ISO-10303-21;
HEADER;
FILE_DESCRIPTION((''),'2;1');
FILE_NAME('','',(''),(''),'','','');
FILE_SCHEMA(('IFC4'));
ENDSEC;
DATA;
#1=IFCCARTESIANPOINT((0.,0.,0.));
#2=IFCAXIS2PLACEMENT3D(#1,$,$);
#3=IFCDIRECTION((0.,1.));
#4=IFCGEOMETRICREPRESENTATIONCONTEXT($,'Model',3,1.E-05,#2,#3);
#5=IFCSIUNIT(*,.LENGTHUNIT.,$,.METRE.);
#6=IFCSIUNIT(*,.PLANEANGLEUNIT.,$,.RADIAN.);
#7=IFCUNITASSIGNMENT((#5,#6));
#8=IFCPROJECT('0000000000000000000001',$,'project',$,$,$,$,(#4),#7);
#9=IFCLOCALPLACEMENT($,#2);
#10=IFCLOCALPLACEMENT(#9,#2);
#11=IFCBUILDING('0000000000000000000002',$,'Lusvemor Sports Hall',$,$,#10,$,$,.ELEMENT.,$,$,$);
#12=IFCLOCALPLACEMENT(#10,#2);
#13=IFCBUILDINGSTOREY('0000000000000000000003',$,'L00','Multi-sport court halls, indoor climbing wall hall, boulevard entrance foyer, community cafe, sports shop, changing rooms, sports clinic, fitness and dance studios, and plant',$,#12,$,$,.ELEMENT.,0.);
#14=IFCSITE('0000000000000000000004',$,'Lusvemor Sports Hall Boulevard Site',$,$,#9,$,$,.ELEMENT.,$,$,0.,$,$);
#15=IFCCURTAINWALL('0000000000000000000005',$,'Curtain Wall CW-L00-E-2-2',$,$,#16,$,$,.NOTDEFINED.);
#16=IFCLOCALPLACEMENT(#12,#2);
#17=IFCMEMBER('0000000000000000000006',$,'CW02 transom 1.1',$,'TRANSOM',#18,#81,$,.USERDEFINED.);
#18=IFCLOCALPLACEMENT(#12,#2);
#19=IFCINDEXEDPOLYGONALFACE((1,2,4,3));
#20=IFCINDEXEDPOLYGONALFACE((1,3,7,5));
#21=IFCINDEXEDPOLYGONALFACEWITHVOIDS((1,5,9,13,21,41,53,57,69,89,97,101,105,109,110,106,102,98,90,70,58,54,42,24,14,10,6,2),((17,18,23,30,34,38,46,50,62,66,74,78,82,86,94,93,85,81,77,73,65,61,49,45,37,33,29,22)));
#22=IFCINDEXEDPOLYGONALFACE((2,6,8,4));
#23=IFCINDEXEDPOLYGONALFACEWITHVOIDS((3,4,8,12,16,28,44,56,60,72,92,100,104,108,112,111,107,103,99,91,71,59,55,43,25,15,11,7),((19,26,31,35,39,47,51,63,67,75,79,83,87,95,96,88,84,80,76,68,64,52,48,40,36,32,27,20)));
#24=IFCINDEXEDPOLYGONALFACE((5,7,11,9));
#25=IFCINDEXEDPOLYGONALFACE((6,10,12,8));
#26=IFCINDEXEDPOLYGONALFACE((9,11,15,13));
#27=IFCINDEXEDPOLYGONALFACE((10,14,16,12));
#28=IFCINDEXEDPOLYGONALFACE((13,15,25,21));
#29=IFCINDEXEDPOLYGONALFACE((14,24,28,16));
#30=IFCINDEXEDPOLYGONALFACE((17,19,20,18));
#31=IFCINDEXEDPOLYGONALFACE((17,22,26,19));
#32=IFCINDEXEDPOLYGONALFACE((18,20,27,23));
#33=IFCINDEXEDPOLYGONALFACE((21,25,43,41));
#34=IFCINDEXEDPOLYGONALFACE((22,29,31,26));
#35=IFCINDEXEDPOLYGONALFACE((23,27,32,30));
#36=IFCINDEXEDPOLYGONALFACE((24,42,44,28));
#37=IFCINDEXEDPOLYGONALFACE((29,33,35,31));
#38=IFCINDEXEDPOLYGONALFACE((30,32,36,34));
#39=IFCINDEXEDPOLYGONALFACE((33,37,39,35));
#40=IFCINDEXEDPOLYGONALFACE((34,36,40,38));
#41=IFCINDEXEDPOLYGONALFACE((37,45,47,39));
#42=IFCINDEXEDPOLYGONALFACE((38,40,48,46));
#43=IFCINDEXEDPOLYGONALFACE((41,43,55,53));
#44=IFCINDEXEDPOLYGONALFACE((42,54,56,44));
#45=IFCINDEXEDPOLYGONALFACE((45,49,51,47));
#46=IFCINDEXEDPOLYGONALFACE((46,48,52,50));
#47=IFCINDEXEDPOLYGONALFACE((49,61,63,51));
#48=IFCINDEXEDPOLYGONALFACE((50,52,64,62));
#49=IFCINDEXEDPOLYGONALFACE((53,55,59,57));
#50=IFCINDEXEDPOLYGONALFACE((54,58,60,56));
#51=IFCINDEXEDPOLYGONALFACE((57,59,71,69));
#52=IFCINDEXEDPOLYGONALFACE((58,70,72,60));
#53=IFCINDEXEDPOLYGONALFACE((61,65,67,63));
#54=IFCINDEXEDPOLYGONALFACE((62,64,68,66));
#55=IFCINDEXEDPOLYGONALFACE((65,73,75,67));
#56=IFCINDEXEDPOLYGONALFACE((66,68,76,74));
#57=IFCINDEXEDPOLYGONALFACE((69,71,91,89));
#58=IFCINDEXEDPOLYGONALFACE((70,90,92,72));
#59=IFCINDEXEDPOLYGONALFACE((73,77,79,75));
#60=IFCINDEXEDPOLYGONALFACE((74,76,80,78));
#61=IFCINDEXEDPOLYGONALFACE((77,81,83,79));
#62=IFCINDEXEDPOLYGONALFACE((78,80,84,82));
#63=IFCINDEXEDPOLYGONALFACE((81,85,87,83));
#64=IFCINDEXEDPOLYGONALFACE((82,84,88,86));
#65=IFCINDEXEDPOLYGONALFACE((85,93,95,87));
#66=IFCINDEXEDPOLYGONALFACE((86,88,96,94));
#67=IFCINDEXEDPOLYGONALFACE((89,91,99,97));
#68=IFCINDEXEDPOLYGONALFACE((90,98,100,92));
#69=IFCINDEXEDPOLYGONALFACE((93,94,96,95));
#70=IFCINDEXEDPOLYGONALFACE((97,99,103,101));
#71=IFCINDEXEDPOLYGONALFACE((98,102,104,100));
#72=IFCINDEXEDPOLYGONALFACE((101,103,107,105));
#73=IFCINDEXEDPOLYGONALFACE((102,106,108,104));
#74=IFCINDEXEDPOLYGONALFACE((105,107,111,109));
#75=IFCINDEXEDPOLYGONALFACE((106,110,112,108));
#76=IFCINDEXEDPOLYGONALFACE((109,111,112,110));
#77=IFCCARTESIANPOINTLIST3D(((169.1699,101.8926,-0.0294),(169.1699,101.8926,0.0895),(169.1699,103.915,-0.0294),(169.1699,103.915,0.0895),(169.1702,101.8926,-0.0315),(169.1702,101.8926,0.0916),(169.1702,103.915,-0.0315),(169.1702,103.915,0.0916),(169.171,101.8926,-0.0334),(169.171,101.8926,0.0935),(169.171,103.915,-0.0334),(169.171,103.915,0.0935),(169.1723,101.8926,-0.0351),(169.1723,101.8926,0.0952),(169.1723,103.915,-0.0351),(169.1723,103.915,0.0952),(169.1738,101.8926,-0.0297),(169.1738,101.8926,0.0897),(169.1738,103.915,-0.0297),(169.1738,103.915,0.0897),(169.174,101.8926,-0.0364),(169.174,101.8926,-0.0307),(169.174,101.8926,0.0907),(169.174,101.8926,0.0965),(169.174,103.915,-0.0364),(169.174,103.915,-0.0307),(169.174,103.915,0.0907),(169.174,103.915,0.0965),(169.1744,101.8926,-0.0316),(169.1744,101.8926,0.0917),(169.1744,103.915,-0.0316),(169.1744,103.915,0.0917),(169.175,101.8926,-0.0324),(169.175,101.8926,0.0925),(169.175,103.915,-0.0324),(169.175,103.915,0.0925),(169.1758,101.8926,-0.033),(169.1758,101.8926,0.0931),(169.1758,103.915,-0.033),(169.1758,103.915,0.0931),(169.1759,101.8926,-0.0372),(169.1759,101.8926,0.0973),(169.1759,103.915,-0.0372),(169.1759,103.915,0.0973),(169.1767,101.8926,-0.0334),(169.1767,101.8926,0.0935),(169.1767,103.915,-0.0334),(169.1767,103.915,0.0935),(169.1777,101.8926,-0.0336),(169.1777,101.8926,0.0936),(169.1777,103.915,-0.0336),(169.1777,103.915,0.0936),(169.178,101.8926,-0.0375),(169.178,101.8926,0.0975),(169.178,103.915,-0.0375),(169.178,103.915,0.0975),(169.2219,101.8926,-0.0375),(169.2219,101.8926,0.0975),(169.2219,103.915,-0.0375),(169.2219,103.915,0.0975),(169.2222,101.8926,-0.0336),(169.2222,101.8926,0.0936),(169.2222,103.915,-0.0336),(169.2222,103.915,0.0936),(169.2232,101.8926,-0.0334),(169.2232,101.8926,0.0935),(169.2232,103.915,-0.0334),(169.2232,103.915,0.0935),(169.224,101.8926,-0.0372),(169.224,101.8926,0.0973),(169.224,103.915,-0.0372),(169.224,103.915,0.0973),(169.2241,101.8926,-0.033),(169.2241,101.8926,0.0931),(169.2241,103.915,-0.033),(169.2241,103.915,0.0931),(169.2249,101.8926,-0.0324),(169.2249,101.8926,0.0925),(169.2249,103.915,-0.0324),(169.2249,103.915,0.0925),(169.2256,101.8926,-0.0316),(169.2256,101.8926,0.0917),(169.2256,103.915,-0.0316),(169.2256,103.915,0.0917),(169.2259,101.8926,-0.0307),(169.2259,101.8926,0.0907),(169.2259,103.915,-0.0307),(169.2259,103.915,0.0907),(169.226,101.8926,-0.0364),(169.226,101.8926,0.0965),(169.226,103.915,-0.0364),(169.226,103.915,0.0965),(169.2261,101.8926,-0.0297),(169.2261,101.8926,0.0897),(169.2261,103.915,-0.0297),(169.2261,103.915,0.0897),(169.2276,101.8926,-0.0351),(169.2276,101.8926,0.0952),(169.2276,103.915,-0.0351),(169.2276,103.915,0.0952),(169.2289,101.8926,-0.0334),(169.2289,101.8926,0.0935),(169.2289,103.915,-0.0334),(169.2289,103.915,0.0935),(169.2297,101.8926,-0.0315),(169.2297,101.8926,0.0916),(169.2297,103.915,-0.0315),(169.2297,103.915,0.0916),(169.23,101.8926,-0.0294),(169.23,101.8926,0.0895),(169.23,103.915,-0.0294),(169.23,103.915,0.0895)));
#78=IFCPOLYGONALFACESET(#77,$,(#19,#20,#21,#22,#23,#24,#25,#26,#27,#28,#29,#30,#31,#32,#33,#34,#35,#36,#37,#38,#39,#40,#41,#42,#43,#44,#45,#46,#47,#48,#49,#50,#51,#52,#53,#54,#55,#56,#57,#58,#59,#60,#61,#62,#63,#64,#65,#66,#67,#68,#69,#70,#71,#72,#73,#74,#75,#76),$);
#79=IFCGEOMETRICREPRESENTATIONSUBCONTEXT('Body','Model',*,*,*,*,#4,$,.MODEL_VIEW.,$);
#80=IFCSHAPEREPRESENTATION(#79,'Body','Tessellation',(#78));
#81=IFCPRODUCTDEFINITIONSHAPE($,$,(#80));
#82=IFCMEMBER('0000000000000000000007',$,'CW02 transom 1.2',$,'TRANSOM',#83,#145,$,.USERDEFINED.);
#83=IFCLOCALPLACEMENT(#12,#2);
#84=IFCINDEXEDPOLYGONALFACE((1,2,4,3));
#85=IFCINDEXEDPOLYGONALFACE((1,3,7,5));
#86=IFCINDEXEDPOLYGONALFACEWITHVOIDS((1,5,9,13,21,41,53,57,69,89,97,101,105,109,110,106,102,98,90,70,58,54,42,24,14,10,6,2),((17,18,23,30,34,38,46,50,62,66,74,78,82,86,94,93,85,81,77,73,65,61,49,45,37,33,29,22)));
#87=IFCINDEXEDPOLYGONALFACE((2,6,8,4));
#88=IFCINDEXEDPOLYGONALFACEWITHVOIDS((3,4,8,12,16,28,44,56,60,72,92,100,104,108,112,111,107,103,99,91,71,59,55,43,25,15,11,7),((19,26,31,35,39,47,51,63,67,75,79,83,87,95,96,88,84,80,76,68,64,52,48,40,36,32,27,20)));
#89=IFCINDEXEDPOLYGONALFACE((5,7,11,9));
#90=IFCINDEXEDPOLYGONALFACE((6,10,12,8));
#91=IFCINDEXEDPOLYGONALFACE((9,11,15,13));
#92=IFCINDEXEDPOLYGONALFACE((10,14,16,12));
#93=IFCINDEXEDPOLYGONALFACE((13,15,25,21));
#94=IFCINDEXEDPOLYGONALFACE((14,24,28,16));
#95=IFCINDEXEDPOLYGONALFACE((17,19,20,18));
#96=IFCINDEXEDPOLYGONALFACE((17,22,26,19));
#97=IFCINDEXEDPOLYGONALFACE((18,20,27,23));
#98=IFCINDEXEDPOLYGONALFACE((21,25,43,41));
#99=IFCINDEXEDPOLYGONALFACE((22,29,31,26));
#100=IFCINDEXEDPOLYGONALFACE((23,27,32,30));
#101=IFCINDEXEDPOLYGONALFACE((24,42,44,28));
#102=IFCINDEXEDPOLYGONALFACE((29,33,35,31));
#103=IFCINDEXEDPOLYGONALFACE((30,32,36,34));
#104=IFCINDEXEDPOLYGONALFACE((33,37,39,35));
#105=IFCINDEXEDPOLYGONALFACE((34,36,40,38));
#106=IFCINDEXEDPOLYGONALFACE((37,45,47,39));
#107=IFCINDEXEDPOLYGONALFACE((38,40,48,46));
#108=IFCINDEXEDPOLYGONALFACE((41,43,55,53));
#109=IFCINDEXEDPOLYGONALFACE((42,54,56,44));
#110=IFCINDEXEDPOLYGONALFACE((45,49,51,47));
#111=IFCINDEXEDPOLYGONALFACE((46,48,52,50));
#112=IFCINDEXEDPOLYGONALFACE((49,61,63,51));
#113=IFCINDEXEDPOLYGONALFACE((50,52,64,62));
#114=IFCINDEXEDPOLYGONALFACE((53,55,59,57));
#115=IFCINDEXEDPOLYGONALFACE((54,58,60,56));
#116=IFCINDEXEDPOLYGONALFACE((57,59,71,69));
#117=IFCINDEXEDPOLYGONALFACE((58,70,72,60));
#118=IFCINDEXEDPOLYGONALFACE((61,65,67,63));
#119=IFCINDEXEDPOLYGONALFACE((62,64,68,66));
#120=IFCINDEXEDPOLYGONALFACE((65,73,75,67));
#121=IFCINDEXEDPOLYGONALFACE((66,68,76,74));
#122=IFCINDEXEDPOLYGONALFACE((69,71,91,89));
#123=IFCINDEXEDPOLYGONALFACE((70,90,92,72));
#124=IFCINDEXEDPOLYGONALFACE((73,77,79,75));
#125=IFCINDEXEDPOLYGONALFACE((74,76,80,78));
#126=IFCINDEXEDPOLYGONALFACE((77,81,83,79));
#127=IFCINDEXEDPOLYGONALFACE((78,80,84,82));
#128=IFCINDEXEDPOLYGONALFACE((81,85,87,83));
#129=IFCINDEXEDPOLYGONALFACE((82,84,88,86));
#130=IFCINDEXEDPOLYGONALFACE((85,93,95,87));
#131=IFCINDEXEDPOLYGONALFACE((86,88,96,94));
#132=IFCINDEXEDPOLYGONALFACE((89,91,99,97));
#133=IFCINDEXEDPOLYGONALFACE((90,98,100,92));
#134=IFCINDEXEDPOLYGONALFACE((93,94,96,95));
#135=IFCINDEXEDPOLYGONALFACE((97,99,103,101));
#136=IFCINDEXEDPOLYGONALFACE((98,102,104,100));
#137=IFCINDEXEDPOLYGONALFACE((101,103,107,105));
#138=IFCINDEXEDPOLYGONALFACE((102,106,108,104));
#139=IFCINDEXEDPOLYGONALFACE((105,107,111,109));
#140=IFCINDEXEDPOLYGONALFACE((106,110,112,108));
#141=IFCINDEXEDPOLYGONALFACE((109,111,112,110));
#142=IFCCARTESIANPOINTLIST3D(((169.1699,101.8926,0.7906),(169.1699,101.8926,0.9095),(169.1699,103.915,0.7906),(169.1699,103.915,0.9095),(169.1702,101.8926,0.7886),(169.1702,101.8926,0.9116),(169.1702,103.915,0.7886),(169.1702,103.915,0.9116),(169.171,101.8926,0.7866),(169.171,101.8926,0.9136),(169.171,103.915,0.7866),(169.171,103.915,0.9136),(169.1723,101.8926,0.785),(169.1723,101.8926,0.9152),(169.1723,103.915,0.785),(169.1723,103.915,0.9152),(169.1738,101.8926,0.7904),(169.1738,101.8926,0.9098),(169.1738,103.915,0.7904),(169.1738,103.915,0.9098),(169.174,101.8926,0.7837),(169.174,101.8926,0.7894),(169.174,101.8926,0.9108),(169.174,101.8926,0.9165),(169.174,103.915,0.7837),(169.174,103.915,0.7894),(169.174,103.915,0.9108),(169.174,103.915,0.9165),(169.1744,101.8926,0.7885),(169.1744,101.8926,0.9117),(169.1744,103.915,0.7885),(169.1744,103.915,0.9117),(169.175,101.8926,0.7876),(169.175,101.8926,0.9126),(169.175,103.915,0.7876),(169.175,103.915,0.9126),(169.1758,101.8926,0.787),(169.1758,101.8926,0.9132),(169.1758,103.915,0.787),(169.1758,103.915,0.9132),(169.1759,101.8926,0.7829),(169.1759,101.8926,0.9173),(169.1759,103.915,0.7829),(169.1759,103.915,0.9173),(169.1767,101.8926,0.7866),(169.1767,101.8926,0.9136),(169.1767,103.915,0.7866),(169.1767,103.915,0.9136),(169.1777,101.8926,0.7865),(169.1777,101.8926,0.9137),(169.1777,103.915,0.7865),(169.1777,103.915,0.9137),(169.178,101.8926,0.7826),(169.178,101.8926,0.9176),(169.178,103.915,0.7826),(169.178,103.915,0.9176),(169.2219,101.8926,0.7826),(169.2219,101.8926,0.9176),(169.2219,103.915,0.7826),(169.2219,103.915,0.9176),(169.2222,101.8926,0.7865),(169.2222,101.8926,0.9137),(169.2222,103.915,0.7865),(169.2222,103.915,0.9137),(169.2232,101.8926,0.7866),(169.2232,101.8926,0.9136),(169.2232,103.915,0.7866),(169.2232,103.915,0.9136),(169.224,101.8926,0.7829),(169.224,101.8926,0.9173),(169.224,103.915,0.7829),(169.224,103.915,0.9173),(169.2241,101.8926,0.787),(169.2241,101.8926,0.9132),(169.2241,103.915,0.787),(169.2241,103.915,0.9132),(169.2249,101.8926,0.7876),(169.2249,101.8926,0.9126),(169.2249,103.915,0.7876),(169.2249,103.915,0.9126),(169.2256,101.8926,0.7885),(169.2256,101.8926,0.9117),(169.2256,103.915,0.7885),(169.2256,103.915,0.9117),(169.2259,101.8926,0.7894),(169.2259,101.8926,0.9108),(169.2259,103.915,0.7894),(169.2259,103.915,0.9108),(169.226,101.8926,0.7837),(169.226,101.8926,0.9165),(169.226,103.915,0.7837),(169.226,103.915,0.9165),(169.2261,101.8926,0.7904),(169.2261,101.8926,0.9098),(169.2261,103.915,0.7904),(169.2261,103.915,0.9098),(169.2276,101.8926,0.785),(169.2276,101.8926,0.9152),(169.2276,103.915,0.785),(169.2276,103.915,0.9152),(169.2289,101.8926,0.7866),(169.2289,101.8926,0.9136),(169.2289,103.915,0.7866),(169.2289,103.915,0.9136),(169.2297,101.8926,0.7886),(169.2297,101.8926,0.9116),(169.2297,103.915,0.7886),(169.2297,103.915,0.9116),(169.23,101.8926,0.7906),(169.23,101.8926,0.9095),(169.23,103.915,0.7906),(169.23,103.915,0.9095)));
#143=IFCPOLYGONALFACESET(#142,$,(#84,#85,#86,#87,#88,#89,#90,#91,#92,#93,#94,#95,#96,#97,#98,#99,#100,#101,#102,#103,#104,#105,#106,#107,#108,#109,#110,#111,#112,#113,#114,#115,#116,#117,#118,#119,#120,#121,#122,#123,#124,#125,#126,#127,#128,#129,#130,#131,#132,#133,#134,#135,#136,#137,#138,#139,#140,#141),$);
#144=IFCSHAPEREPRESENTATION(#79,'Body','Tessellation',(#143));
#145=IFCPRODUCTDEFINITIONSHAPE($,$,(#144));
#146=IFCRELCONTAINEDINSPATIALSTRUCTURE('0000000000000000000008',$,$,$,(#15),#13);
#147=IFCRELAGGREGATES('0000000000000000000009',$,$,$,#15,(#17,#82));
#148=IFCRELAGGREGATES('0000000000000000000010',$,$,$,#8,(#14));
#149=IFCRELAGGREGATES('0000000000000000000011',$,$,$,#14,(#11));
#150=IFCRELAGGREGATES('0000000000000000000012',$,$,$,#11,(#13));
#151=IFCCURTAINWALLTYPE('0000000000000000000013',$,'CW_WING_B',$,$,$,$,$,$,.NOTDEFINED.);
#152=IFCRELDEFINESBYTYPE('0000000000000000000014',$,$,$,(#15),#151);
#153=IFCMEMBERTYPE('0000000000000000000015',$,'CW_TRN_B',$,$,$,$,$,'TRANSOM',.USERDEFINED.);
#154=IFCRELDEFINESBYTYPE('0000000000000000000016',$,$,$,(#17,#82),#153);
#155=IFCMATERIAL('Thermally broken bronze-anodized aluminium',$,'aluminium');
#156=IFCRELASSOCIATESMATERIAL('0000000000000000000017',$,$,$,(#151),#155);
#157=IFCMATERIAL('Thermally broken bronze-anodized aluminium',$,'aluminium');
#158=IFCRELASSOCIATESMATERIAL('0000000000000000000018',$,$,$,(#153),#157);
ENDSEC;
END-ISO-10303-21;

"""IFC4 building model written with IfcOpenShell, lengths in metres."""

from ifc_helpers import new_model, si_unit, direction, frame, origin, origin_2d, place, context, subcontext, project, spatial, hollow_rectangle, extrude, material, material_profile, profile_set, type_object, element, aggregate, save


model = new_model("IFC4")

# Units and contexts
model_context = context("Model", 3, precision=1e-05, world=origin(), true_north=direction((0.0, 1.0)))
body_context = subcontext(model_context, "Body", "Model", "MODEL_VIEW")
ifc_project = project(units=[si_unit("LENGTHUNIT", "METRE"), si_unit("PLANEANGLEUNIT", "RADIAN")], contexts=[model_context])

# Site, building, storey
site_placement = place(None, origin())
site = spatial("IfcSite", under=ifc_project, at=site_placement, Name="Lusvemor Sports Hall Boulevard Site", CompositionType="ELEMENT", RefElevation=0.0)
building_placement = place(site_placement, origin())
building = spatial("IfcBuilding", under=site, at=building_placement, Name="Lusvemor Sports Hall", CompositionType="ELEMENT")
storey_placement = place(building_placement, origin())
storey = spatial("IfcBuildingStorey", under=building, at=storey_placement, Name="L00", Description="Multi-sport court halls, indoor climbing wall hall, boulevard entrance foyer, community cafe, sports shop, changing rooms, sports clinic, fitness and dance studios, and plant", CompositionType="ELEMENT", Elevation=0.0)

# Curtain wall, members
ifc_material_1 = material(Name="Thermally broken bronze-anodized aluminium", Category="aluminium")
curtain_wall_type = type_object("IfcCurtainWallType", Name="CW_WING_B", PredefinedType="NOTDEFINED", material=ifc_material_1)
curtain_wall_placement = place(storey_placement, origin())
curtain_wall = element("IfcCurtainWall", 1, at=curtain_wall_placement, inside=storey, type_object=curtain_wall_type, Name="Curtain Wall CW-L00-E-2-2", PredefinedType="NOTDEFINED")
ifc_material_2 = material(Name="Thermally broken bronze-anodized aluminium", Category="aluminium")
ifc_material_profile_1 = material_profile(ifc_material_2, hollow_rectangle(XDim=0.0601, YDim=0.135, WallThickness=0.0039, InnerFilletRadius=0.0039, OuterFilletRadius=0.0081, at=origin_2d()), Name="CWTRN135x60x4")
ifc_profile_set_1 = profile_set([ifc_material_profile_1], Name="Thermally broken bronze-anodized aluminium")
member_type_1 = type_object("IfcMemberType", Name="CW_TRN_B", ElementType="TRANSOM", PredefinedType="USERDEFINED", material=ifc_profile_set_1)
member_1_placement = place(storey_placement, frame((169.2, 103.915, 0.03), z_axis=(0.0, -1.0, 0.0), x_axis=(1.0, 0.0, 0.0)))
member_1 = element("IfcMember", 2, at=member_1_placement, type_object=member_type_1, Name="CW02 transom 1.1", ObjectType="TRANSOM", PredefinedType="USERDEFINED", context=body_context, shape_type="SweptSolid", body=[
    extrude(hollow_rectangle(XDim=0.0601, YDim=0.135, WallThickness=0.0039, InnerFilletRadius=0.0039, OuterFilletRadius=0.0081, at=origin_2d()), origin(), (0.0, 0.0, 1.0), 2.0225),
])
member_2_placement = place(storey_placement, frame((169.2, 103.915, 0.8501), z_axis=(0.0, -1.0, 0.0), x_axis=(1.0, 0.0, 0.0)))
member_2 = element("IfcMember", 3, at=member_2_placement, type_object=member_type_1, Name="CW02 transom 1.2", ObjectType="TRANSOM", PredefinedType="USERDEFINED", context=body_context, shape_type="SweptSolid", body=[
    extrude(hollow_rectangle(XDim=0.0601, YDim=0.135, WallThickness=0.0039, InnerFilletRadius=0.0039, OuterFilletRadius=0.0081, at=origin_2d()), origin(), (0.0, 0.0, 1.0), 2.0225),
])
aggregate(curtain_wall, [member_1, member_2])

save(model, "model.ifc")
